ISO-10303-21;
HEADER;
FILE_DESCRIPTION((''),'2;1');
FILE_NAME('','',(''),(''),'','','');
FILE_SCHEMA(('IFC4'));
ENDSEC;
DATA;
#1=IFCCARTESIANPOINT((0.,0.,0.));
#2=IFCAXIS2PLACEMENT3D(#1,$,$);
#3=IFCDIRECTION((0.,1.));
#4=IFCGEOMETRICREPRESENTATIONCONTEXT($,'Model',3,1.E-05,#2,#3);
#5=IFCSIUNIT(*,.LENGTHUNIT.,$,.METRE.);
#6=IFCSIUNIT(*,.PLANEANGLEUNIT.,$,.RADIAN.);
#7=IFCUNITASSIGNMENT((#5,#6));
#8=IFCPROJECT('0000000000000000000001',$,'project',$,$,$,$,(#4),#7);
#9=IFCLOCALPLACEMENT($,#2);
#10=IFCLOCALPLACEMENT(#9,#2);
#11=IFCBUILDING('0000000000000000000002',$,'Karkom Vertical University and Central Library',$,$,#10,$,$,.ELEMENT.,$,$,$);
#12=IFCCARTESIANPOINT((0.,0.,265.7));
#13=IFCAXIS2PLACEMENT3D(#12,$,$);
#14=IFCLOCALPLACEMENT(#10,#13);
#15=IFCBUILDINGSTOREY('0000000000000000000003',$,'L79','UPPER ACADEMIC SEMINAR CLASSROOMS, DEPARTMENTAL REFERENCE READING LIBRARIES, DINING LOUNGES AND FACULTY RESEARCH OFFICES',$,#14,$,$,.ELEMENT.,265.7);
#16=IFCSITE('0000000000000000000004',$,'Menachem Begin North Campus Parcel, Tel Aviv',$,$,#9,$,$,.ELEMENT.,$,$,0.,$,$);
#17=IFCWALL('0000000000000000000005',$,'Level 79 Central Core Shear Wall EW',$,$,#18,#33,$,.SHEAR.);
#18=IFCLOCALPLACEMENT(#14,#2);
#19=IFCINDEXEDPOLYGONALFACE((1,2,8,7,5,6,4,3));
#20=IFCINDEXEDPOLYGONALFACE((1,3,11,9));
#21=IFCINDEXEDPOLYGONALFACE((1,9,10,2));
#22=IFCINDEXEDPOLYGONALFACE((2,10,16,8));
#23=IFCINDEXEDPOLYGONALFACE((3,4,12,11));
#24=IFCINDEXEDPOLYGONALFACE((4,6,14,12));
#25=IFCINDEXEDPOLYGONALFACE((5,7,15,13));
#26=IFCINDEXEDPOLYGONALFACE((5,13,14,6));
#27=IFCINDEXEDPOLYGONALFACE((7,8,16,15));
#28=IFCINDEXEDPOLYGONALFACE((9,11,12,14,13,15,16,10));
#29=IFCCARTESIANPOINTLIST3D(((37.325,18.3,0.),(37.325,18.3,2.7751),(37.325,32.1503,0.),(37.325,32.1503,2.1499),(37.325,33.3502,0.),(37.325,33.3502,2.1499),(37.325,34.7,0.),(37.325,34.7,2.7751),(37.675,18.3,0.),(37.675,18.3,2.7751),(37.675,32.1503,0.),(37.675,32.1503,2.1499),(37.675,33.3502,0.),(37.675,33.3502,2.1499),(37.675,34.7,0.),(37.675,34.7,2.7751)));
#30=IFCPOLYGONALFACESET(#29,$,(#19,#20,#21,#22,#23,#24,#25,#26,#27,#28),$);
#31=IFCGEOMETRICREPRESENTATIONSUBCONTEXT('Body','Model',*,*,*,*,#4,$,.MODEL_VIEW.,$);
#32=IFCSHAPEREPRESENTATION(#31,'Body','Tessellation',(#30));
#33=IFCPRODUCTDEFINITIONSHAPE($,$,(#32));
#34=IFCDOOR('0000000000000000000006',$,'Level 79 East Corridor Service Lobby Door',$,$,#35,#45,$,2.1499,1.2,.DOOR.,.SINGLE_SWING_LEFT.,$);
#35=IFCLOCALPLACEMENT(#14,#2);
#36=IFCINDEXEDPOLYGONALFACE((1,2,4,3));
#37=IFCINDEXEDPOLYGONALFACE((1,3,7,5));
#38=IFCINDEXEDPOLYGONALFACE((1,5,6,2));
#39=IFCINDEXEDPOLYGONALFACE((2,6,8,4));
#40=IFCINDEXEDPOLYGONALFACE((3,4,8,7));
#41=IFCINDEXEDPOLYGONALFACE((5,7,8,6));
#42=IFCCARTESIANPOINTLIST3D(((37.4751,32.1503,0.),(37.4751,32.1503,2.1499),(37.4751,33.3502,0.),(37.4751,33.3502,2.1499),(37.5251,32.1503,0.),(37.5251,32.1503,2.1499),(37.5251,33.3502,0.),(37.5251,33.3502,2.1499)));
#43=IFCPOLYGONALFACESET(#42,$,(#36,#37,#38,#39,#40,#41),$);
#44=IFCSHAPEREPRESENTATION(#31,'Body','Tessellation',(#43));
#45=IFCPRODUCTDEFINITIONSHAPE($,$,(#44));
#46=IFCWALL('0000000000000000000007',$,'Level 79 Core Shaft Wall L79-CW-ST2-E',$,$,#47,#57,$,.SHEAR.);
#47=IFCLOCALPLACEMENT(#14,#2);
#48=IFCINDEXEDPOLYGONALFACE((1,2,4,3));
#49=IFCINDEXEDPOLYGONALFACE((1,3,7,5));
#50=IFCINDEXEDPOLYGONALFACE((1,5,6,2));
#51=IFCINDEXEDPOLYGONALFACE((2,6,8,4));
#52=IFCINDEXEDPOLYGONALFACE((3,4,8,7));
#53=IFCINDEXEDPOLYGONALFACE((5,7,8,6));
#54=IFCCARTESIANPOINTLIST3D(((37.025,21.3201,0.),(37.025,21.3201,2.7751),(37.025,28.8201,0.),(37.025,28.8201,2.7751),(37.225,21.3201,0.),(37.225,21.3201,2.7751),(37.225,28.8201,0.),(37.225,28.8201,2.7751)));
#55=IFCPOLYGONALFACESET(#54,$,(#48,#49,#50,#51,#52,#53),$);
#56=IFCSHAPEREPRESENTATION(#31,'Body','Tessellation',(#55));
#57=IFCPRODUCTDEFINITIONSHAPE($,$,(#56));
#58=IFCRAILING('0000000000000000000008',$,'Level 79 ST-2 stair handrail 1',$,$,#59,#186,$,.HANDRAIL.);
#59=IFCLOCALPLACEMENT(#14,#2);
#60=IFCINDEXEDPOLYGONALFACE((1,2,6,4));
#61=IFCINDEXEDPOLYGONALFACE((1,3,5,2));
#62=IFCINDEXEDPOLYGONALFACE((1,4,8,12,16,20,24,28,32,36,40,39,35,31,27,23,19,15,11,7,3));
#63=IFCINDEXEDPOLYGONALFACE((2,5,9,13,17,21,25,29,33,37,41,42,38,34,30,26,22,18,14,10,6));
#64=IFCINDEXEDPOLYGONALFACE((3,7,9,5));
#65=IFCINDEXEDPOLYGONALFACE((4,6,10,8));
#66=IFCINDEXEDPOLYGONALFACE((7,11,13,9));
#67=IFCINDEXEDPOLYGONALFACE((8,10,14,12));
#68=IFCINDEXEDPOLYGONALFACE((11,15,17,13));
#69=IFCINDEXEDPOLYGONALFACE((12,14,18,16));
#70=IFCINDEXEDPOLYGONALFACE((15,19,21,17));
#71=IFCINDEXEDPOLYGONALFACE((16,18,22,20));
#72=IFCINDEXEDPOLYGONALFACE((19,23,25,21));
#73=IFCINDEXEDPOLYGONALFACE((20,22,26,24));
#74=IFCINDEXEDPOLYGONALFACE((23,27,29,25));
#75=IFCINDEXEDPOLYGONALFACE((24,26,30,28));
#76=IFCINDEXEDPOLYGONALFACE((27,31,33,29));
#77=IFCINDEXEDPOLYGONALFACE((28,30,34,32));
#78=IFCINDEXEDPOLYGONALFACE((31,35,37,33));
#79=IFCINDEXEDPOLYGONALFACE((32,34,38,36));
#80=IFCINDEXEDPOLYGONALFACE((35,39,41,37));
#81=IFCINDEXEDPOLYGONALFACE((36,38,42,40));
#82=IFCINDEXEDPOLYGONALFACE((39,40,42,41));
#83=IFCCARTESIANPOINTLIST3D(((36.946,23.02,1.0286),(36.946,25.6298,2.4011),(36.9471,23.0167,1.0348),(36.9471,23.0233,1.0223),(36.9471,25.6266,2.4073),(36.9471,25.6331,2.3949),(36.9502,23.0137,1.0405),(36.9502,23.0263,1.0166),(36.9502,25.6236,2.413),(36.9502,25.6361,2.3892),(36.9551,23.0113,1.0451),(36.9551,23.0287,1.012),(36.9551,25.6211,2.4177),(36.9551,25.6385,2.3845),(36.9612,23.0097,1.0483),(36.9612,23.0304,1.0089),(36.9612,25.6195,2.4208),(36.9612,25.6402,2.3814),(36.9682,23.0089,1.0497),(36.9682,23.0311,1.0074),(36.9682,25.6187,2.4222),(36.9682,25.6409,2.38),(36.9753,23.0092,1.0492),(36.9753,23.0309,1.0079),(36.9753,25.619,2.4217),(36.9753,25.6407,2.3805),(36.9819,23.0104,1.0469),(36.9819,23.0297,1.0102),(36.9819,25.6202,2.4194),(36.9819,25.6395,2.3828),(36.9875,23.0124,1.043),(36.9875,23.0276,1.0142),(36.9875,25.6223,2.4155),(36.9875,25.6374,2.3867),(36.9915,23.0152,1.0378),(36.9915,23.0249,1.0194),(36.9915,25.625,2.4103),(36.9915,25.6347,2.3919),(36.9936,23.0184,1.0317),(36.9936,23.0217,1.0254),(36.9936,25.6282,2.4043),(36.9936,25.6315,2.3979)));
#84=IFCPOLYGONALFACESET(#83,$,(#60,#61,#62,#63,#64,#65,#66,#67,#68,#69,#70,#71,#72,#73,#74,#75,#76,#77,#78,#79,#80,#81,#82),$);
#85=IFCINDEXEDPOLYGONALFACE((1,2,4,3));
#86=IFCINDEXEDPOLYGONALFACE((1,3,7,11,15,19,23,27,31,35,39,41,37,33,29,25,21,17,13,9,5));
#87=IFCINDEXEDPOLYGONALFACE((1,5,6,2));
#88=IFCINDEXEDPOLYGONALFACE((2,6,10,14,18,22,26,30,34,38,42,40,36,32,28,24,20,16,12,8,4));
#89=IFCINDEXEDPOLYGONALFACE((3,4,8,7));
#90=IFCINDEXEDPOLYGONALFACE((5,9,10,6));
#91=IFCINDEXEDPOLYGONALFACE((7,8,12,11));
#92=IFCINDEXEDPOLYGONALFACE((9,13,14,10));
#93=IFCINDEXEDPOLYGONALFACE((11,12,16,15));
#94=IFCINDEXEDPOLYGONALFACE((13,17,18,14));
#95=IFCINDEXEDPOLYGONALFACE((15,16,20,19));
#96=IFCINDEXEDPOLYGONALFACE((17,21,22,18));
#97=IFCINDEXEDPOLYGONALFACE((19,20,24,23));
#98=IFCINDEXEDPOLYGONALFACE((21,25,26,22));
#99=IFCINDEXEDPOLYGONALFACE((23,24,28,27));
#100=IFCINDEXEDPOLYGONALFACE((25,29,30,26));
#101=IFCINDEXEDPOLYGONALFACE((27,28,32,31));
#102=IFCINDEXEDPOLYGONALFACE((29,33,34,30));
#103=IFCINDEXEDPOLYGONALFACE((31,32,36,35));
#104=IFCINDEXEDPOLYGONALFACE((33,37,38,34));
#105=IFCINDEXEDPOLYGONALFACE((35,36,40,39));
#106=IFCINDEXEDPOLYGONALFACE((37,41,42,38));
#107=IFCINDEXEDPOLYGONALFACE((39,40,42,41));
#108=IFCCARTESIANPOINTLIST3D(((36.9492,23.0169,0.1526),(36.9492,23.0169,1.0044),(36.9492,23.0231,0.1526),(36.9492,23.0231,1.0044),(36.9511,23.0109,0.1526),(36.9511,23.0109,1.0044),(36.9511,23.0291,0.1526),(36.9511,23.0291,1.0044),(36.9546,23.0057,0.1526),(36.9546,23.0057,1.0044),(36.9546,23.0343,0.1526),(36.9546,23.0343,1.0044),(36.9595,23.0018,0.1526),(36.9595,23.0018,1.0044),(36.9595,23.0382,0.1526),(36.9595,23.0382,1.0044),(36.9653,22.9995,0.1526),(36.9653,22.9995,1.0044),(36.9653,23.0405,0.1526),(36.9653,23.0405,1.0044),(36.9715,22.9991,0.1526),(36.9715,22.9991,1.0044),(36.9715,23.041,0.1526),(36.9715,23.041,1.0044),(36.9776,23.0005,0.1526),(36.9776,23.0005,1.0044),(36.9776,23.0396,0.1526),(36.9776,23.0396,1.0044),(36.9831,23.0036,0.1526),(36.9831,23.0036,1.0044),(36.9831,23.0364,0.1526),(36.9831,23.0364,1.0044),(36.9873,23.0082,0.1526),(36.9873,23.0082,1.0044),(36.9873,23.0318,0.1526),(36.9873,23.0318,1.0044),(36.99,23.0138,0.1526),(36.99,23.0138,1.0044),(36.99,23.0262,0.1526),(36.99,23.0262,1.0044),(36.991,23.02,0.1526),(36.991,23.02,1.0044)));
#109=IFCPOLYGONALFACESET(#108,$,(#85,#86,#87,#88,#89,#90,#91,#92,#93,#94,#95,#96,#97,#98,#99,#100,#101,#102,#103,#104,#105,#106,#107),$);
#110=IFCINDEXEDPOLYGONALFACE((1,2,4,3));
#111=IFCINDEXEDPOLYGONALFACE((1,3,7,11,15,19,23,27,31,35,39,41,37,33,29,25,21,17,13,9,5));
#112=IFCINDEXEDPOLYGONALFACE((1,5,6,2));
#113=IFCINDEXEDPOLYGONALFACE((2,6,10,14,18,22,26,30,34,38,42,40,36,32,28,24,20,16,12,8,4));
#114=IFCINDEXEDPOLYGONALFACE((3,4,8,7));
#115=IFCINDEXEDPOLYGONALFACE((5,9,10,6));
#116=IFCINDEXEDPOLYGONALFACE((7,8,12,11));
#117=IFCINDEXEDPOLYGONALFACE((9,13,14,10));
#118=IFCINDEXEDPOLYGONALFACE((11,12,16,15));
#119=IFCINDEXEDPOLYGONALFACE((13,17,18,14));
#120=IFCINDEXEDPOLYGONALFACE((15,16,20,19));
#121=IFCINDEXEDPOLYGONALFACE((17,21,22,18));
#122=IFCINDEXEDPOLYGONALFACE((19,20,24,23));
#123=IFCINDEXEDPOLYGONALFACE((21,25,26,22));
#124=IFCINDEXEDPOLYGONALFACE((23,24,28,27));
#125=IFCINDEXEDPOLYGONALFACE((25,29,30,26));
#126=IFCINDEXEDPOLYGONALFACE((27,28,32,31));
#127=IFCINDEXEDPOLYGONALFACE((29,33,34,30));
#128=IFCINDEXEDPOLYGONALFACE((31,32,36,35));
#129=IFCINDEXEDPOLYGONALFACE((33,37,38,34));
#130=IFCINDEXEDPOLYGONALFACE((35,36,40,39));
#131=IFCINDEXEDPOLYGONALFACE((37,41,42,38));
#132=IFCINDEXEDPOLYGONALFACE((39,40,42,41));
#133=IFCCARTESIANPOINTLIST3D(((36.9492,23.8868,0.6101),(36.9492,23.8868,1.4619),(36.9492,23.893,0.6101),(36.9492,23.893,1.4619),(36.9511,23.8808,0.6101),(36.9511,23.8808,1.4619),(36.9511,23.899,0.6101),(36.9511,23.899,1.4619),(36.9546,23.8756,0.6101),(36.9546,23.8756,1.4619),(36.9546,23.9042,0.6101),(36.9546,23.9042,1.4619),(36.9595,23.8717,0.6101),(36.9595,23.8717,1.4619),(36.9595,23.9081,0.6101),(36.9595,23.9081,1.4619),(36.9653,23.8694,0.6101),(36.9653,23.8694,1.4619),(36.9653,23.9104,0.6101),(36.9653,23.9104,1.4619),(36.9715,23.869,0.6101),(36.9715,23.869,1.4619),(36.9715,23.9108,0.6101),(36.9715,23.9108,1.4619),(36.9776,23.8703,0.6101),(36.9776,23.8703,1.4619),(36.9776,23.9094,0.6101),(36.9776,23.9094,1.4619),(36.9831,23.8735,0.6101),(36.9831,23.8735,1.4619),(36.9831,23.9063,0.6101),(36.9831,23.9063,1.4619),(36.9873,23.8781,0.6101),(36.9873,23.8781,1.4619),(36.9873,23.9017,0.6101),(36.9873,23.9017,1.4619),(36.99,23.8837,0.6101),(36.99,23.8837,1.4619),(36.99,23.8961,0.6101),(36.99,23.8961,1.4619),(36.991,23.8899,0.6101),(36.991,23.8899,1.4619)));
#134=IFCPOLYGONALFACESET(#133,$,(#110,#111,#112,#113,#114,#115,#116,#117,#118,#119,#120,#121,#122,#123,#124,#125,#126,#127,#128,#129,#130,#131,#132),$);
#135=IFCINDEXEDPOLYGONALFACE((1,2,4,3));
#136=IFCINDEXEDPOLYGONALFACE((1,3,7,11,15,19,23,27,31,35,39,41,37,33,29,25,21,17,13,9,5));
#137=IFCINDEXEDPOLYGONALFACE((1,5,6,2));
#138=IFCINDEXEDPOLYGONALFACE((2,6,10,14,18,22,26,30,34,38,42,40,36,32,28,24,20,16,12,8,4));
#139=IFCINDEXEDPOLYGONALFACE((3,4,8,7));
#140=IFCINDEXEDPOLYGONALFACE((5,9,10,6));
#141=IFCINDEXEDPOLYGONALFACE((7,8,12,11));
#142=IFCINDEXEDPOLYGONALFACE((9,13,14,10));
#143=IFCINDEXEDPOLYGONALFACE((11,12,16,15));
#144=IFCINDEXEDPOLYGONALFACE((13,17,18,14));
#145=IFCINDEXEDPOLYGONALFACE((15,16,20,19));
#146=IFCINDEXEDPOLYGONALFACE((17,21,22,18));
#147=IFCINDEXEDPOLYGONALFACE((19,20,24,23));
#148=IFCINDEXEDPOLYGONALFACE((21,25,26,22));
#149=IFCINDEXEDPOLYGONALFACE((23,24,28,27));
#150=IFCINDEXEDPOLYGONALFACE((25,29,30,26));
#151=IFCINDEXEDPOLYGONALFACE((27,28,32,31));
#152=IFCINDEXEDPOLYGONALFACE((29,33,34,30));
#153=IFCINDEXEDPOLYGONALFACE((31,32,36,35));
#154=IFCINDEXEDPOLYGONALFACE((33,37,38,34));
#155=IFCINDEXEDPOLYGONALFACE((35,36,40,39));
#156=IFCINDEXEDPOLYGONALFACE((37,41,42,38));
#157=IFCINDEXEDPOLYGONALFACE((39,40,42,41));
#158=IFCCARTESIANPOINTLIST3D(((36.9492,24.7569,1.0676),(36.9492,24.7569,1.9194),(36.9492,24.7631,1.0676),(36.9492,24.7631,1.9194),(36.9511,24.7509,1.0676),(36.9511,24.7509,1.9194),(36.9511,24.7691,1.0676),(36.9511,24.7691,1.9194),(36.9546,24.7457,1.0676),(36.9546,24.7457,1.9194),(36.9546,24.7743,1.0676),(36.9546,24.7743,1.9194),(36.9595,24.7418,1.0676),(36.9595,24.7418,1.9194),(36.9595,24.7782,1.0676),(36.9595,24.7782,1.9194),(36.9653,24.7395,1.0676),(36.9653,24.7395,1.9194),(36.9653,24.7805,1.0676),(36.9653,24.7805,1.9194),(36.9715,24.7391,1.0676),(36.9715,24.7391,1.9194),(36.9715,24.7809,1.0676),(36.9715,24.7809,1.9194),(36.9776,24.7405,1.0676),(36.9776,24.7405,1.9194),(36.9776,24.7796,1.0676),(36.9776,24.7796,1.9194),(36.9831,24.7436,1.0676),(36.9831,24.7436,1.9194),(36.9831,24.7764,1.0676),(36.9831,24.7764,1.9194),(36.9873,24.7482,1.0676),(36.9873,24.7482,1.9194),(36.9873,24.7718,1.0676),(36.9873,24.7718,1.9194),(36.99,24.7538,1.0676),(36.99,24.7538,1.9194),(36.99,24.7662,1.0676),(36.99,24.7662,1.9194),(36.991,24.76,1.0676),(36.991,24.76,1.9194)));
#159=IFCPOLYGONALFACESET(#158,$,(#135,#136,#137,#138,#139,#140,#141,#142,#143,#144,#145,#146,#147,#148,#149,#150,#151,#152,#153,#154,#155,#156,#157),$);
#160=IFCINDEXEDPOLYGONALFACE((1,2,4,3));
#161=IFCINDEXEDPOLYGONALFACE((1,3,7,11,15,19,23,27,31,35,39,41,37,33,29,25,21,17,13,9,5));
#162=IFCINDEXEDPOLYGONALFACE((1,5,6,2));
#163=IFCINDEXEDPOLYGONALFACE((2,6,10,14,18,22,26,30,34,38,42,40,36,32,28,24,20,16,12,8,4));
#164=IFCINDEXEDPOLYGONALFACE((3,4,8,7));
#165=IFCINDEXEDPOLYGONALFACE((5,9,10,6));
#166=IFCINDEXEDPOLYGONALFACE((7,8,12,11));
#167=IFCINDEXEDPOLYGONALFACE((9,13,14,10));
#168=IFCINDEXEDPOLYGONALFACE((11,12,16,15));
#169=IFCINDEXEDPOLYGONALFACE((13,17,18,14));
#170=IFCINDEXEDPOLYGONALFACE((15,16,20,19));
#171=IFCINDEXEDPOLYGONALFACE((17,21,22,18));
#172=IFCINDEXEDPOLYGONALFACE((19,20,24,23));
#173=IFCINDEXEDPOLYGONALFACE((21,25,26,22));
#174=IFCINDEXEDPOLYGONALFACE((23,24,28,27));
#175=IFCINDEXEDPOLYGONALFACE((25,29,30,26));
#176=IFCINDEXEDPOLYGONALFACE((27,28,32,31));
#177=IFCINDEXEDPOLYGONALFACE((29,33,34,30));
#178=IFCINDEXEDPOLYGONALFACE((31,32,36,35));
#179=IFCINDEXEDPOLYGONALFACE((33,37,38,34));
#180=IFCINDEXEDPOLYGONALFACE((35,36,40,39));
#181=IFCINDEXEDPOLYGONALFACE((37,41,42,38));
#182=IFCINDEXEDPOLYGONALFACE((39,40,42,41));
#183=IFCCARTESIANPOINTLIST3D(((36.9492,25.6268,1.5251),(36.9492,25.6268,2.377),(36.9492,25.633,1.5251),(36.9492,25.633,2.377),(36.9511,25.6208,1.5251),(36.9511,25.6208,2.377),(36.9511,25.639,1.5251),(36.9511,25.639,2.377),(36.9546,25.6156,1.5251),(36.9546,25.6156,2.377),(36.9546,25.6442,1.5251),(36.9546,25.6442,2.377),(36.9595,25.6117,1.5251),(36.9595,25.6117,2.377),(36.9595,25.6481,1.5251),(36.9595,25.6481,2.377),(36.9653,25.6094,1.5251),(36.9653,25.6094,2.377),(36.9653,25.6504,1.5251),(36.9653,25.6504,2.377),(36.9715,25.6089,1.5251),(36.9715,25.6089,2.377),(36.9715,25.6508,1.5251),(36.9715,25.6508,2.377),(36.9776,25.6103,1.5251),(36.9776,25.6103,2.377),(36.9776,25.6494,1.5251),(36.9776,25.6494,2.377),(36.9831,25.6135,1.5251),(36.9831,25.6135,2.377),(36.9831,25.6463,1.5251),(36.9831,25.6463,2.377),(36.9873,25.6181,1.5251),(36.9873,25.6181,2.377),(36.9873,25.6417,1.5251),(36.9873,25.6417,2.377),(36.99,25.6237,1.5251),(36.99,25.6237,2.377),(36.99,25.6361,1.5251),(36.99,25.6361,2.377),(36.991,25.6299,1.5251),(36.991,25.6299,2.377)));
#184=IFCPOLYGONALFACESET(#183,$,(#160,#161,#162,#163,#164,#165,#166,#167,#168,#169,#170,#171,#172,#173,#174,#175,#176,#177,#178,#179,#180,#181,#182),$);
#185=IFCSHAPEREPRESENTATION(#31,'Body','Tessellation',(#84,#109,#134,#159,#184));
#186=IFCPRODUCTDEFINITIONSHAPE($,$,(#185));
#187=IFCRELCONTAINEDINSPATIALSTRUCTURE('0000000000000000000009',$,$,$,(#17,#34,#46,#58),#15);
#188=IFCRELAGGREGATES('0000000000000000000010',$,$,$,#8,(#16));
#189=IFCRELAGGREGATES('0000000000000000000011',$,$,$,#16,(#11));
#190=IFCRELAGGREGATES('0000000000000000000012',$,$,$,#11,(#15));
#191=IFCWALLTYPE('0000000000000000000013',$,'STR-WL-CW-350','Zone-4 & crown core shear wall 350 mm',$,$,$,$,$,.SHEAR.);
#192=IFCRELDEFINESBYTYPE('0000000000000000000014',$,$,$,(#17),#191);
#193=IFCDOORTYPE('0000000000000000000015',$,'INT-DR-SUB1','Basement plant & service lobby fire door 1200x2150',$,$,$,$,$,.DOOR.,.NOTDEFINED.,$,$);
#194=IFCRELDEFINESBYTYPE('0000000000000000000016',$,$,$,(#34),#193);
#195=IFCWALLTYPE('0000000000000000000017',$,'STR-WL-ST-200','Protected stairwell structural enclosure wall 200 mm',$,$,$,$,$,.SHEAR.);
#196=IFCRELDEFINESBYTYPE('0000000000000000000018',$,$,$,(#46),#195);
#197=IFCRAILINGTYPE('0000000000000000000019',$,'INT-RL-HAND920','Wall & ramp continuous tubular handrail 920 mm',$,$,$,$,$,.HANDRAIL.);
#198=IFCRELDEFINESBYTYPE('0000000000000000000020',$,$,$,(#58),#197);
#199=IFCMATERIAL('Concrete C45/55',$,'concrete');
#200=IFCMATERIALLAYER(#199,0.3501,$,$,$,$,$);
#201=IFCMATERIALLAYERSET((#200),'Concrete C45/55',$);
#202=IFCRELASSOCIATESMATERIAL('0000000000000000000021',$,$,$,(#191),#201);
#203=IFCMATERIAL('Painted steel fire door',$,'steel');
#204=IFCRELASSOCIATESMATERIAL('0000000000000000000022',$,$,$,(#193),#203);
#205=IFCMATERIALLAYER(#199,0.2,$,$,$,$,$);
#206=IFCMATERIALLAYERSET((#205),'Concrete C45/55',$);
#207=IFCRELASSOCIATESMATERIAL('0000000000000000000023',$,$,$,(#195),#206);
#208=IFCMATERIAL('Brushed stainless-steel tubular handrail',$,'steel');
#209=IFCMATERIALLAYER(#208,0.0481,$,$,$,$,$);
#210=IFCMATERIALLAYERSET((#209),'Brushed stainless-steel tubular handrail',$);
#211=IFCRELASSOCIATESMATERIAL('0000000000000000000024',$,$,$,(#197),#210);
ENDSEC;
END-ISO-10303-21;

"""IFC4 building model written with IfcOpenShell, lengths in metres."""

from ifc_helpers import new_model, si_unit, direction, frame, frame_2d, origin, origin_with_axes, origin_2d, place, context, subcontext, project, spatial, rectangle, circle, extrude, source, transform, mapped, material, layer, layer_set, type_object, element, fill, save


model = new_model("IFC4")

# Units and contexts
model_context = context("Model", 3, precision=1e-05, world=origin(), true_north=direction((0.0, 1.0)))
body_context = subcontext(model_context, "Body", "Model", "MODEL_VIEW")
ifc_project = project(units=[si_unit("LENGTHUNIT", "METRE"), si_unit("PLANEANGLEUNIT", "RADIAN")], contexts=[model_context])

# Site, building, storey
site_placement = place(None, origin())
site = spatial("IfcSite", under=ifc_project, at=site_placement, Name="Menachem Begin North Campus Parcel, Tel Aviv", CompositionType="ELEMENT", RefElevation=0.0)
building_placement = place(site_placement, origin())
building = spatial("IfcBuilding", under=site, at=building_placement, Name="Karkom Vertical University and Central Library", CompositionType="ELEMENT")
storey_placement = place(building_placement, frame((0.0, 0.0, 265.7)))
storey = spatial("IfcBuildingStorey", under=building, at=storey_placement, Name="L79", Description="UPPER ACADEMIC SEMINAR CLASSROOMS, DEPARTMENTAL REFERENCE READING LIBRARIES, DINING LOUNGES AND FACULTY RESEARCH OFFICES", CompositionType="ELEMENT", Elevation=265.7)

# Shared definitions
ifc_material_1 = material(Name="Concrete C45/55", Category="concrete")

# Wall, opening, door
ifc_layer_1 = layer(ifc_material_1, 0.3501)
ifc_layer_set_1 = layer_set([ifc_layer_1], Name="Concrete C45/55")
wall_type_1 = type_object("IfcWallType", Name="STR-WL-CW-350", Description="Zone-4 & crown core shear wall 350 mm", PredefinedType="SHEAR", material=ifc_layer_set_1)
wall_1_placement = place(storey_placement, frame((37.5, 18.3, 0.0), z_axis=(0.0, 0.0, 1.0), x_axis=(0.0, 1.0, 0.0)))
wall_1 = element("IfcWall", 1, at=wall_1_placement, inside=storey, type_object=wall_type_1, Name="Level 79 Central Core Shear Wall EW", PredefinedType="SHEAR", context=body_context, shape_type="SweptSolid", body=[
    extrude(rectangle(XDim=16.3999, YDim=0.3501, at=frame_2d((8.2, 0.0))), origin(), (0.0, 0.0, 1.0), 2.7751),
])
opening_1_placement = place(wall_1_placement, frame((13.8501, 0.0, 0.0)))
opening_1 = element("IfcOpeningElement", 2, at=opening_1_placement, cuts=wall_1, PredefinedType="OPENING", context=body_context, shape_type="SweptSolid", body=[
    extrude(rectangle(XDim=1.2, YDim=2.1499, at=frame_2d((0.6001, 1.075))), frame((0.0, 0.1851, 0.0), z_axis=(0.0, -1.0, 0.0), x_axis=(1.0, 0.0, 0.0)), (0.0, 0.0, 1.0), 0.3701),
])
ifc_material_2 = material(Name="Painted steel fire door", Category="steel")
door_type_1 = type_object("IfcDoorType", Name="INT-DR-SUB1", Description="Basement plant & service lobby fire door 1200x2150", OperationType="NOTDEFINED", PredefinedType="DOOR", material=ifc_material_2)
shared_shape_1 = source(origin_with_axes(), body_context, "Body", "SweptSolid", [
    extrude(rectangle(XDim=1.2, YDim=2.1499, at=frame_2d((0.6001, 1.075))), frame((0.0, 0.0249, 0.0), z_axis=(0.0, -1.0, 0.0), x_axis=(1.0, 0.0, 0.0)), (0.0, 0.0, 1.0), 0.05),
])
door_1_placement = place(opening_1_placement, origin())
door_1 = element("IfcDoor", 3, at=door_1_placement, inside=storey, type_object=door_type_1, Name="Level 79 East Corridor Service Lobby Door", OperationType="SINGLE_SWING_LEFT", OverallHeight=2.1499, OverallWidth=1.2, PredefinedType="DOOR", context=body_context, shape_type="MappedRepresentation", body=[
    mapped(shared_shape_1, transform((0.0, 0.0, 0.0), scale=1.0)),
])
fill(opening_1, door_1)

# Wall
ifc_layer_2 = layer(ifc_material_1, 0.2)
ifc_layer_set_2 = layer_set([ifc_layer_2], Name="Concrete C45/55")
wall_type_2 = type_object("IfcWallType", Name="STR-WL-ST-200", Description="Protected stairwell structural enclosure wall 200 mm", PredefinedType="SHEAR", material=ifc_layer_set_2)
wall_2_placement = place(storey_placement, frame((37.125, 21.3201, 0.0), z_axis=(0.0, 0.0, 1.0), x_axis=(0.0, 1.0, 0.0)))
element("IfcWall", 4, at=wall_2_placement, inside=storey, type_object=wall_type_2, Name="Level 79 Core Shaft Wall L79-CW-ST2-E", PredefinedType="SHEAR", context=body_context, shape_type="SweptSolid", body=[
    extrude(rectangle(XDim=7.5, YDim=0.2, at=frame_2d((3.75, 0.0))), origin(), (0.0, 0.0, 1.0), 2.7751),
])

# Railing
ifc_material_3 = material(Name="Brushed stainless-steel tubular handrail", Category="steel")
ifc_layer_3 = layer(ifc_material_3, 0.0481)
ifc_layer_set_3 = layer_set([ifc_layer_3], Name="Brushed stainless-steel tubular handrail")
railing_type = type_object("IfcRailingType", Name="INT-RL-HAND920", Description="Wall & ramp continuous tubular handrail 920 mm", PredefinedType="HANDRAIL", material=ifc_layer_set_3)
railing_placement = place(storey_placement, frame((36.97, 23.02, 0.1526)))
element("IfcRailing", 5, at=railing_placement, inside=storey, type_object=railing_type, Name="Level 79 ST-2 stair handrail 1", PredefinedType="HANDRAIL", context=body_context, shape_type="SweptSolid", body=[
    extrude(circle(Radius=0.0239, at=origin_2d()), frame((0.0, 0.0, 0.876), z_axis=(0.0, 0.885065, 0.465467), x_axis=(-1.0, 0.0, 0.0)), (0.0, 0.0, 1.0), 2.9487),
    extrude(circle(Radius=0.021, at=origin_2d()), origin(), (0.0, 0.0, 1.0), 0.8518),
    extrude(circle(Radius=0.021, at=origin_2d()), frame((0.0, 0.8699, 0.4575)), (0.0, 0.0, 1.0), 0.8518),
    extrude(circle(Radius=0.021, at=origin_2d()), frame((0.0, 1.74, 0.915)), (0.0, 0.0, 1.0), 0.8518),
    extrude(circle(Radius=0.021, at=origin_2d()), frame((0.0, 2.6099, 1.3726)), (0.0, 0.0, 1.0), 0.8518),
])

save(model, "model.ifc")
